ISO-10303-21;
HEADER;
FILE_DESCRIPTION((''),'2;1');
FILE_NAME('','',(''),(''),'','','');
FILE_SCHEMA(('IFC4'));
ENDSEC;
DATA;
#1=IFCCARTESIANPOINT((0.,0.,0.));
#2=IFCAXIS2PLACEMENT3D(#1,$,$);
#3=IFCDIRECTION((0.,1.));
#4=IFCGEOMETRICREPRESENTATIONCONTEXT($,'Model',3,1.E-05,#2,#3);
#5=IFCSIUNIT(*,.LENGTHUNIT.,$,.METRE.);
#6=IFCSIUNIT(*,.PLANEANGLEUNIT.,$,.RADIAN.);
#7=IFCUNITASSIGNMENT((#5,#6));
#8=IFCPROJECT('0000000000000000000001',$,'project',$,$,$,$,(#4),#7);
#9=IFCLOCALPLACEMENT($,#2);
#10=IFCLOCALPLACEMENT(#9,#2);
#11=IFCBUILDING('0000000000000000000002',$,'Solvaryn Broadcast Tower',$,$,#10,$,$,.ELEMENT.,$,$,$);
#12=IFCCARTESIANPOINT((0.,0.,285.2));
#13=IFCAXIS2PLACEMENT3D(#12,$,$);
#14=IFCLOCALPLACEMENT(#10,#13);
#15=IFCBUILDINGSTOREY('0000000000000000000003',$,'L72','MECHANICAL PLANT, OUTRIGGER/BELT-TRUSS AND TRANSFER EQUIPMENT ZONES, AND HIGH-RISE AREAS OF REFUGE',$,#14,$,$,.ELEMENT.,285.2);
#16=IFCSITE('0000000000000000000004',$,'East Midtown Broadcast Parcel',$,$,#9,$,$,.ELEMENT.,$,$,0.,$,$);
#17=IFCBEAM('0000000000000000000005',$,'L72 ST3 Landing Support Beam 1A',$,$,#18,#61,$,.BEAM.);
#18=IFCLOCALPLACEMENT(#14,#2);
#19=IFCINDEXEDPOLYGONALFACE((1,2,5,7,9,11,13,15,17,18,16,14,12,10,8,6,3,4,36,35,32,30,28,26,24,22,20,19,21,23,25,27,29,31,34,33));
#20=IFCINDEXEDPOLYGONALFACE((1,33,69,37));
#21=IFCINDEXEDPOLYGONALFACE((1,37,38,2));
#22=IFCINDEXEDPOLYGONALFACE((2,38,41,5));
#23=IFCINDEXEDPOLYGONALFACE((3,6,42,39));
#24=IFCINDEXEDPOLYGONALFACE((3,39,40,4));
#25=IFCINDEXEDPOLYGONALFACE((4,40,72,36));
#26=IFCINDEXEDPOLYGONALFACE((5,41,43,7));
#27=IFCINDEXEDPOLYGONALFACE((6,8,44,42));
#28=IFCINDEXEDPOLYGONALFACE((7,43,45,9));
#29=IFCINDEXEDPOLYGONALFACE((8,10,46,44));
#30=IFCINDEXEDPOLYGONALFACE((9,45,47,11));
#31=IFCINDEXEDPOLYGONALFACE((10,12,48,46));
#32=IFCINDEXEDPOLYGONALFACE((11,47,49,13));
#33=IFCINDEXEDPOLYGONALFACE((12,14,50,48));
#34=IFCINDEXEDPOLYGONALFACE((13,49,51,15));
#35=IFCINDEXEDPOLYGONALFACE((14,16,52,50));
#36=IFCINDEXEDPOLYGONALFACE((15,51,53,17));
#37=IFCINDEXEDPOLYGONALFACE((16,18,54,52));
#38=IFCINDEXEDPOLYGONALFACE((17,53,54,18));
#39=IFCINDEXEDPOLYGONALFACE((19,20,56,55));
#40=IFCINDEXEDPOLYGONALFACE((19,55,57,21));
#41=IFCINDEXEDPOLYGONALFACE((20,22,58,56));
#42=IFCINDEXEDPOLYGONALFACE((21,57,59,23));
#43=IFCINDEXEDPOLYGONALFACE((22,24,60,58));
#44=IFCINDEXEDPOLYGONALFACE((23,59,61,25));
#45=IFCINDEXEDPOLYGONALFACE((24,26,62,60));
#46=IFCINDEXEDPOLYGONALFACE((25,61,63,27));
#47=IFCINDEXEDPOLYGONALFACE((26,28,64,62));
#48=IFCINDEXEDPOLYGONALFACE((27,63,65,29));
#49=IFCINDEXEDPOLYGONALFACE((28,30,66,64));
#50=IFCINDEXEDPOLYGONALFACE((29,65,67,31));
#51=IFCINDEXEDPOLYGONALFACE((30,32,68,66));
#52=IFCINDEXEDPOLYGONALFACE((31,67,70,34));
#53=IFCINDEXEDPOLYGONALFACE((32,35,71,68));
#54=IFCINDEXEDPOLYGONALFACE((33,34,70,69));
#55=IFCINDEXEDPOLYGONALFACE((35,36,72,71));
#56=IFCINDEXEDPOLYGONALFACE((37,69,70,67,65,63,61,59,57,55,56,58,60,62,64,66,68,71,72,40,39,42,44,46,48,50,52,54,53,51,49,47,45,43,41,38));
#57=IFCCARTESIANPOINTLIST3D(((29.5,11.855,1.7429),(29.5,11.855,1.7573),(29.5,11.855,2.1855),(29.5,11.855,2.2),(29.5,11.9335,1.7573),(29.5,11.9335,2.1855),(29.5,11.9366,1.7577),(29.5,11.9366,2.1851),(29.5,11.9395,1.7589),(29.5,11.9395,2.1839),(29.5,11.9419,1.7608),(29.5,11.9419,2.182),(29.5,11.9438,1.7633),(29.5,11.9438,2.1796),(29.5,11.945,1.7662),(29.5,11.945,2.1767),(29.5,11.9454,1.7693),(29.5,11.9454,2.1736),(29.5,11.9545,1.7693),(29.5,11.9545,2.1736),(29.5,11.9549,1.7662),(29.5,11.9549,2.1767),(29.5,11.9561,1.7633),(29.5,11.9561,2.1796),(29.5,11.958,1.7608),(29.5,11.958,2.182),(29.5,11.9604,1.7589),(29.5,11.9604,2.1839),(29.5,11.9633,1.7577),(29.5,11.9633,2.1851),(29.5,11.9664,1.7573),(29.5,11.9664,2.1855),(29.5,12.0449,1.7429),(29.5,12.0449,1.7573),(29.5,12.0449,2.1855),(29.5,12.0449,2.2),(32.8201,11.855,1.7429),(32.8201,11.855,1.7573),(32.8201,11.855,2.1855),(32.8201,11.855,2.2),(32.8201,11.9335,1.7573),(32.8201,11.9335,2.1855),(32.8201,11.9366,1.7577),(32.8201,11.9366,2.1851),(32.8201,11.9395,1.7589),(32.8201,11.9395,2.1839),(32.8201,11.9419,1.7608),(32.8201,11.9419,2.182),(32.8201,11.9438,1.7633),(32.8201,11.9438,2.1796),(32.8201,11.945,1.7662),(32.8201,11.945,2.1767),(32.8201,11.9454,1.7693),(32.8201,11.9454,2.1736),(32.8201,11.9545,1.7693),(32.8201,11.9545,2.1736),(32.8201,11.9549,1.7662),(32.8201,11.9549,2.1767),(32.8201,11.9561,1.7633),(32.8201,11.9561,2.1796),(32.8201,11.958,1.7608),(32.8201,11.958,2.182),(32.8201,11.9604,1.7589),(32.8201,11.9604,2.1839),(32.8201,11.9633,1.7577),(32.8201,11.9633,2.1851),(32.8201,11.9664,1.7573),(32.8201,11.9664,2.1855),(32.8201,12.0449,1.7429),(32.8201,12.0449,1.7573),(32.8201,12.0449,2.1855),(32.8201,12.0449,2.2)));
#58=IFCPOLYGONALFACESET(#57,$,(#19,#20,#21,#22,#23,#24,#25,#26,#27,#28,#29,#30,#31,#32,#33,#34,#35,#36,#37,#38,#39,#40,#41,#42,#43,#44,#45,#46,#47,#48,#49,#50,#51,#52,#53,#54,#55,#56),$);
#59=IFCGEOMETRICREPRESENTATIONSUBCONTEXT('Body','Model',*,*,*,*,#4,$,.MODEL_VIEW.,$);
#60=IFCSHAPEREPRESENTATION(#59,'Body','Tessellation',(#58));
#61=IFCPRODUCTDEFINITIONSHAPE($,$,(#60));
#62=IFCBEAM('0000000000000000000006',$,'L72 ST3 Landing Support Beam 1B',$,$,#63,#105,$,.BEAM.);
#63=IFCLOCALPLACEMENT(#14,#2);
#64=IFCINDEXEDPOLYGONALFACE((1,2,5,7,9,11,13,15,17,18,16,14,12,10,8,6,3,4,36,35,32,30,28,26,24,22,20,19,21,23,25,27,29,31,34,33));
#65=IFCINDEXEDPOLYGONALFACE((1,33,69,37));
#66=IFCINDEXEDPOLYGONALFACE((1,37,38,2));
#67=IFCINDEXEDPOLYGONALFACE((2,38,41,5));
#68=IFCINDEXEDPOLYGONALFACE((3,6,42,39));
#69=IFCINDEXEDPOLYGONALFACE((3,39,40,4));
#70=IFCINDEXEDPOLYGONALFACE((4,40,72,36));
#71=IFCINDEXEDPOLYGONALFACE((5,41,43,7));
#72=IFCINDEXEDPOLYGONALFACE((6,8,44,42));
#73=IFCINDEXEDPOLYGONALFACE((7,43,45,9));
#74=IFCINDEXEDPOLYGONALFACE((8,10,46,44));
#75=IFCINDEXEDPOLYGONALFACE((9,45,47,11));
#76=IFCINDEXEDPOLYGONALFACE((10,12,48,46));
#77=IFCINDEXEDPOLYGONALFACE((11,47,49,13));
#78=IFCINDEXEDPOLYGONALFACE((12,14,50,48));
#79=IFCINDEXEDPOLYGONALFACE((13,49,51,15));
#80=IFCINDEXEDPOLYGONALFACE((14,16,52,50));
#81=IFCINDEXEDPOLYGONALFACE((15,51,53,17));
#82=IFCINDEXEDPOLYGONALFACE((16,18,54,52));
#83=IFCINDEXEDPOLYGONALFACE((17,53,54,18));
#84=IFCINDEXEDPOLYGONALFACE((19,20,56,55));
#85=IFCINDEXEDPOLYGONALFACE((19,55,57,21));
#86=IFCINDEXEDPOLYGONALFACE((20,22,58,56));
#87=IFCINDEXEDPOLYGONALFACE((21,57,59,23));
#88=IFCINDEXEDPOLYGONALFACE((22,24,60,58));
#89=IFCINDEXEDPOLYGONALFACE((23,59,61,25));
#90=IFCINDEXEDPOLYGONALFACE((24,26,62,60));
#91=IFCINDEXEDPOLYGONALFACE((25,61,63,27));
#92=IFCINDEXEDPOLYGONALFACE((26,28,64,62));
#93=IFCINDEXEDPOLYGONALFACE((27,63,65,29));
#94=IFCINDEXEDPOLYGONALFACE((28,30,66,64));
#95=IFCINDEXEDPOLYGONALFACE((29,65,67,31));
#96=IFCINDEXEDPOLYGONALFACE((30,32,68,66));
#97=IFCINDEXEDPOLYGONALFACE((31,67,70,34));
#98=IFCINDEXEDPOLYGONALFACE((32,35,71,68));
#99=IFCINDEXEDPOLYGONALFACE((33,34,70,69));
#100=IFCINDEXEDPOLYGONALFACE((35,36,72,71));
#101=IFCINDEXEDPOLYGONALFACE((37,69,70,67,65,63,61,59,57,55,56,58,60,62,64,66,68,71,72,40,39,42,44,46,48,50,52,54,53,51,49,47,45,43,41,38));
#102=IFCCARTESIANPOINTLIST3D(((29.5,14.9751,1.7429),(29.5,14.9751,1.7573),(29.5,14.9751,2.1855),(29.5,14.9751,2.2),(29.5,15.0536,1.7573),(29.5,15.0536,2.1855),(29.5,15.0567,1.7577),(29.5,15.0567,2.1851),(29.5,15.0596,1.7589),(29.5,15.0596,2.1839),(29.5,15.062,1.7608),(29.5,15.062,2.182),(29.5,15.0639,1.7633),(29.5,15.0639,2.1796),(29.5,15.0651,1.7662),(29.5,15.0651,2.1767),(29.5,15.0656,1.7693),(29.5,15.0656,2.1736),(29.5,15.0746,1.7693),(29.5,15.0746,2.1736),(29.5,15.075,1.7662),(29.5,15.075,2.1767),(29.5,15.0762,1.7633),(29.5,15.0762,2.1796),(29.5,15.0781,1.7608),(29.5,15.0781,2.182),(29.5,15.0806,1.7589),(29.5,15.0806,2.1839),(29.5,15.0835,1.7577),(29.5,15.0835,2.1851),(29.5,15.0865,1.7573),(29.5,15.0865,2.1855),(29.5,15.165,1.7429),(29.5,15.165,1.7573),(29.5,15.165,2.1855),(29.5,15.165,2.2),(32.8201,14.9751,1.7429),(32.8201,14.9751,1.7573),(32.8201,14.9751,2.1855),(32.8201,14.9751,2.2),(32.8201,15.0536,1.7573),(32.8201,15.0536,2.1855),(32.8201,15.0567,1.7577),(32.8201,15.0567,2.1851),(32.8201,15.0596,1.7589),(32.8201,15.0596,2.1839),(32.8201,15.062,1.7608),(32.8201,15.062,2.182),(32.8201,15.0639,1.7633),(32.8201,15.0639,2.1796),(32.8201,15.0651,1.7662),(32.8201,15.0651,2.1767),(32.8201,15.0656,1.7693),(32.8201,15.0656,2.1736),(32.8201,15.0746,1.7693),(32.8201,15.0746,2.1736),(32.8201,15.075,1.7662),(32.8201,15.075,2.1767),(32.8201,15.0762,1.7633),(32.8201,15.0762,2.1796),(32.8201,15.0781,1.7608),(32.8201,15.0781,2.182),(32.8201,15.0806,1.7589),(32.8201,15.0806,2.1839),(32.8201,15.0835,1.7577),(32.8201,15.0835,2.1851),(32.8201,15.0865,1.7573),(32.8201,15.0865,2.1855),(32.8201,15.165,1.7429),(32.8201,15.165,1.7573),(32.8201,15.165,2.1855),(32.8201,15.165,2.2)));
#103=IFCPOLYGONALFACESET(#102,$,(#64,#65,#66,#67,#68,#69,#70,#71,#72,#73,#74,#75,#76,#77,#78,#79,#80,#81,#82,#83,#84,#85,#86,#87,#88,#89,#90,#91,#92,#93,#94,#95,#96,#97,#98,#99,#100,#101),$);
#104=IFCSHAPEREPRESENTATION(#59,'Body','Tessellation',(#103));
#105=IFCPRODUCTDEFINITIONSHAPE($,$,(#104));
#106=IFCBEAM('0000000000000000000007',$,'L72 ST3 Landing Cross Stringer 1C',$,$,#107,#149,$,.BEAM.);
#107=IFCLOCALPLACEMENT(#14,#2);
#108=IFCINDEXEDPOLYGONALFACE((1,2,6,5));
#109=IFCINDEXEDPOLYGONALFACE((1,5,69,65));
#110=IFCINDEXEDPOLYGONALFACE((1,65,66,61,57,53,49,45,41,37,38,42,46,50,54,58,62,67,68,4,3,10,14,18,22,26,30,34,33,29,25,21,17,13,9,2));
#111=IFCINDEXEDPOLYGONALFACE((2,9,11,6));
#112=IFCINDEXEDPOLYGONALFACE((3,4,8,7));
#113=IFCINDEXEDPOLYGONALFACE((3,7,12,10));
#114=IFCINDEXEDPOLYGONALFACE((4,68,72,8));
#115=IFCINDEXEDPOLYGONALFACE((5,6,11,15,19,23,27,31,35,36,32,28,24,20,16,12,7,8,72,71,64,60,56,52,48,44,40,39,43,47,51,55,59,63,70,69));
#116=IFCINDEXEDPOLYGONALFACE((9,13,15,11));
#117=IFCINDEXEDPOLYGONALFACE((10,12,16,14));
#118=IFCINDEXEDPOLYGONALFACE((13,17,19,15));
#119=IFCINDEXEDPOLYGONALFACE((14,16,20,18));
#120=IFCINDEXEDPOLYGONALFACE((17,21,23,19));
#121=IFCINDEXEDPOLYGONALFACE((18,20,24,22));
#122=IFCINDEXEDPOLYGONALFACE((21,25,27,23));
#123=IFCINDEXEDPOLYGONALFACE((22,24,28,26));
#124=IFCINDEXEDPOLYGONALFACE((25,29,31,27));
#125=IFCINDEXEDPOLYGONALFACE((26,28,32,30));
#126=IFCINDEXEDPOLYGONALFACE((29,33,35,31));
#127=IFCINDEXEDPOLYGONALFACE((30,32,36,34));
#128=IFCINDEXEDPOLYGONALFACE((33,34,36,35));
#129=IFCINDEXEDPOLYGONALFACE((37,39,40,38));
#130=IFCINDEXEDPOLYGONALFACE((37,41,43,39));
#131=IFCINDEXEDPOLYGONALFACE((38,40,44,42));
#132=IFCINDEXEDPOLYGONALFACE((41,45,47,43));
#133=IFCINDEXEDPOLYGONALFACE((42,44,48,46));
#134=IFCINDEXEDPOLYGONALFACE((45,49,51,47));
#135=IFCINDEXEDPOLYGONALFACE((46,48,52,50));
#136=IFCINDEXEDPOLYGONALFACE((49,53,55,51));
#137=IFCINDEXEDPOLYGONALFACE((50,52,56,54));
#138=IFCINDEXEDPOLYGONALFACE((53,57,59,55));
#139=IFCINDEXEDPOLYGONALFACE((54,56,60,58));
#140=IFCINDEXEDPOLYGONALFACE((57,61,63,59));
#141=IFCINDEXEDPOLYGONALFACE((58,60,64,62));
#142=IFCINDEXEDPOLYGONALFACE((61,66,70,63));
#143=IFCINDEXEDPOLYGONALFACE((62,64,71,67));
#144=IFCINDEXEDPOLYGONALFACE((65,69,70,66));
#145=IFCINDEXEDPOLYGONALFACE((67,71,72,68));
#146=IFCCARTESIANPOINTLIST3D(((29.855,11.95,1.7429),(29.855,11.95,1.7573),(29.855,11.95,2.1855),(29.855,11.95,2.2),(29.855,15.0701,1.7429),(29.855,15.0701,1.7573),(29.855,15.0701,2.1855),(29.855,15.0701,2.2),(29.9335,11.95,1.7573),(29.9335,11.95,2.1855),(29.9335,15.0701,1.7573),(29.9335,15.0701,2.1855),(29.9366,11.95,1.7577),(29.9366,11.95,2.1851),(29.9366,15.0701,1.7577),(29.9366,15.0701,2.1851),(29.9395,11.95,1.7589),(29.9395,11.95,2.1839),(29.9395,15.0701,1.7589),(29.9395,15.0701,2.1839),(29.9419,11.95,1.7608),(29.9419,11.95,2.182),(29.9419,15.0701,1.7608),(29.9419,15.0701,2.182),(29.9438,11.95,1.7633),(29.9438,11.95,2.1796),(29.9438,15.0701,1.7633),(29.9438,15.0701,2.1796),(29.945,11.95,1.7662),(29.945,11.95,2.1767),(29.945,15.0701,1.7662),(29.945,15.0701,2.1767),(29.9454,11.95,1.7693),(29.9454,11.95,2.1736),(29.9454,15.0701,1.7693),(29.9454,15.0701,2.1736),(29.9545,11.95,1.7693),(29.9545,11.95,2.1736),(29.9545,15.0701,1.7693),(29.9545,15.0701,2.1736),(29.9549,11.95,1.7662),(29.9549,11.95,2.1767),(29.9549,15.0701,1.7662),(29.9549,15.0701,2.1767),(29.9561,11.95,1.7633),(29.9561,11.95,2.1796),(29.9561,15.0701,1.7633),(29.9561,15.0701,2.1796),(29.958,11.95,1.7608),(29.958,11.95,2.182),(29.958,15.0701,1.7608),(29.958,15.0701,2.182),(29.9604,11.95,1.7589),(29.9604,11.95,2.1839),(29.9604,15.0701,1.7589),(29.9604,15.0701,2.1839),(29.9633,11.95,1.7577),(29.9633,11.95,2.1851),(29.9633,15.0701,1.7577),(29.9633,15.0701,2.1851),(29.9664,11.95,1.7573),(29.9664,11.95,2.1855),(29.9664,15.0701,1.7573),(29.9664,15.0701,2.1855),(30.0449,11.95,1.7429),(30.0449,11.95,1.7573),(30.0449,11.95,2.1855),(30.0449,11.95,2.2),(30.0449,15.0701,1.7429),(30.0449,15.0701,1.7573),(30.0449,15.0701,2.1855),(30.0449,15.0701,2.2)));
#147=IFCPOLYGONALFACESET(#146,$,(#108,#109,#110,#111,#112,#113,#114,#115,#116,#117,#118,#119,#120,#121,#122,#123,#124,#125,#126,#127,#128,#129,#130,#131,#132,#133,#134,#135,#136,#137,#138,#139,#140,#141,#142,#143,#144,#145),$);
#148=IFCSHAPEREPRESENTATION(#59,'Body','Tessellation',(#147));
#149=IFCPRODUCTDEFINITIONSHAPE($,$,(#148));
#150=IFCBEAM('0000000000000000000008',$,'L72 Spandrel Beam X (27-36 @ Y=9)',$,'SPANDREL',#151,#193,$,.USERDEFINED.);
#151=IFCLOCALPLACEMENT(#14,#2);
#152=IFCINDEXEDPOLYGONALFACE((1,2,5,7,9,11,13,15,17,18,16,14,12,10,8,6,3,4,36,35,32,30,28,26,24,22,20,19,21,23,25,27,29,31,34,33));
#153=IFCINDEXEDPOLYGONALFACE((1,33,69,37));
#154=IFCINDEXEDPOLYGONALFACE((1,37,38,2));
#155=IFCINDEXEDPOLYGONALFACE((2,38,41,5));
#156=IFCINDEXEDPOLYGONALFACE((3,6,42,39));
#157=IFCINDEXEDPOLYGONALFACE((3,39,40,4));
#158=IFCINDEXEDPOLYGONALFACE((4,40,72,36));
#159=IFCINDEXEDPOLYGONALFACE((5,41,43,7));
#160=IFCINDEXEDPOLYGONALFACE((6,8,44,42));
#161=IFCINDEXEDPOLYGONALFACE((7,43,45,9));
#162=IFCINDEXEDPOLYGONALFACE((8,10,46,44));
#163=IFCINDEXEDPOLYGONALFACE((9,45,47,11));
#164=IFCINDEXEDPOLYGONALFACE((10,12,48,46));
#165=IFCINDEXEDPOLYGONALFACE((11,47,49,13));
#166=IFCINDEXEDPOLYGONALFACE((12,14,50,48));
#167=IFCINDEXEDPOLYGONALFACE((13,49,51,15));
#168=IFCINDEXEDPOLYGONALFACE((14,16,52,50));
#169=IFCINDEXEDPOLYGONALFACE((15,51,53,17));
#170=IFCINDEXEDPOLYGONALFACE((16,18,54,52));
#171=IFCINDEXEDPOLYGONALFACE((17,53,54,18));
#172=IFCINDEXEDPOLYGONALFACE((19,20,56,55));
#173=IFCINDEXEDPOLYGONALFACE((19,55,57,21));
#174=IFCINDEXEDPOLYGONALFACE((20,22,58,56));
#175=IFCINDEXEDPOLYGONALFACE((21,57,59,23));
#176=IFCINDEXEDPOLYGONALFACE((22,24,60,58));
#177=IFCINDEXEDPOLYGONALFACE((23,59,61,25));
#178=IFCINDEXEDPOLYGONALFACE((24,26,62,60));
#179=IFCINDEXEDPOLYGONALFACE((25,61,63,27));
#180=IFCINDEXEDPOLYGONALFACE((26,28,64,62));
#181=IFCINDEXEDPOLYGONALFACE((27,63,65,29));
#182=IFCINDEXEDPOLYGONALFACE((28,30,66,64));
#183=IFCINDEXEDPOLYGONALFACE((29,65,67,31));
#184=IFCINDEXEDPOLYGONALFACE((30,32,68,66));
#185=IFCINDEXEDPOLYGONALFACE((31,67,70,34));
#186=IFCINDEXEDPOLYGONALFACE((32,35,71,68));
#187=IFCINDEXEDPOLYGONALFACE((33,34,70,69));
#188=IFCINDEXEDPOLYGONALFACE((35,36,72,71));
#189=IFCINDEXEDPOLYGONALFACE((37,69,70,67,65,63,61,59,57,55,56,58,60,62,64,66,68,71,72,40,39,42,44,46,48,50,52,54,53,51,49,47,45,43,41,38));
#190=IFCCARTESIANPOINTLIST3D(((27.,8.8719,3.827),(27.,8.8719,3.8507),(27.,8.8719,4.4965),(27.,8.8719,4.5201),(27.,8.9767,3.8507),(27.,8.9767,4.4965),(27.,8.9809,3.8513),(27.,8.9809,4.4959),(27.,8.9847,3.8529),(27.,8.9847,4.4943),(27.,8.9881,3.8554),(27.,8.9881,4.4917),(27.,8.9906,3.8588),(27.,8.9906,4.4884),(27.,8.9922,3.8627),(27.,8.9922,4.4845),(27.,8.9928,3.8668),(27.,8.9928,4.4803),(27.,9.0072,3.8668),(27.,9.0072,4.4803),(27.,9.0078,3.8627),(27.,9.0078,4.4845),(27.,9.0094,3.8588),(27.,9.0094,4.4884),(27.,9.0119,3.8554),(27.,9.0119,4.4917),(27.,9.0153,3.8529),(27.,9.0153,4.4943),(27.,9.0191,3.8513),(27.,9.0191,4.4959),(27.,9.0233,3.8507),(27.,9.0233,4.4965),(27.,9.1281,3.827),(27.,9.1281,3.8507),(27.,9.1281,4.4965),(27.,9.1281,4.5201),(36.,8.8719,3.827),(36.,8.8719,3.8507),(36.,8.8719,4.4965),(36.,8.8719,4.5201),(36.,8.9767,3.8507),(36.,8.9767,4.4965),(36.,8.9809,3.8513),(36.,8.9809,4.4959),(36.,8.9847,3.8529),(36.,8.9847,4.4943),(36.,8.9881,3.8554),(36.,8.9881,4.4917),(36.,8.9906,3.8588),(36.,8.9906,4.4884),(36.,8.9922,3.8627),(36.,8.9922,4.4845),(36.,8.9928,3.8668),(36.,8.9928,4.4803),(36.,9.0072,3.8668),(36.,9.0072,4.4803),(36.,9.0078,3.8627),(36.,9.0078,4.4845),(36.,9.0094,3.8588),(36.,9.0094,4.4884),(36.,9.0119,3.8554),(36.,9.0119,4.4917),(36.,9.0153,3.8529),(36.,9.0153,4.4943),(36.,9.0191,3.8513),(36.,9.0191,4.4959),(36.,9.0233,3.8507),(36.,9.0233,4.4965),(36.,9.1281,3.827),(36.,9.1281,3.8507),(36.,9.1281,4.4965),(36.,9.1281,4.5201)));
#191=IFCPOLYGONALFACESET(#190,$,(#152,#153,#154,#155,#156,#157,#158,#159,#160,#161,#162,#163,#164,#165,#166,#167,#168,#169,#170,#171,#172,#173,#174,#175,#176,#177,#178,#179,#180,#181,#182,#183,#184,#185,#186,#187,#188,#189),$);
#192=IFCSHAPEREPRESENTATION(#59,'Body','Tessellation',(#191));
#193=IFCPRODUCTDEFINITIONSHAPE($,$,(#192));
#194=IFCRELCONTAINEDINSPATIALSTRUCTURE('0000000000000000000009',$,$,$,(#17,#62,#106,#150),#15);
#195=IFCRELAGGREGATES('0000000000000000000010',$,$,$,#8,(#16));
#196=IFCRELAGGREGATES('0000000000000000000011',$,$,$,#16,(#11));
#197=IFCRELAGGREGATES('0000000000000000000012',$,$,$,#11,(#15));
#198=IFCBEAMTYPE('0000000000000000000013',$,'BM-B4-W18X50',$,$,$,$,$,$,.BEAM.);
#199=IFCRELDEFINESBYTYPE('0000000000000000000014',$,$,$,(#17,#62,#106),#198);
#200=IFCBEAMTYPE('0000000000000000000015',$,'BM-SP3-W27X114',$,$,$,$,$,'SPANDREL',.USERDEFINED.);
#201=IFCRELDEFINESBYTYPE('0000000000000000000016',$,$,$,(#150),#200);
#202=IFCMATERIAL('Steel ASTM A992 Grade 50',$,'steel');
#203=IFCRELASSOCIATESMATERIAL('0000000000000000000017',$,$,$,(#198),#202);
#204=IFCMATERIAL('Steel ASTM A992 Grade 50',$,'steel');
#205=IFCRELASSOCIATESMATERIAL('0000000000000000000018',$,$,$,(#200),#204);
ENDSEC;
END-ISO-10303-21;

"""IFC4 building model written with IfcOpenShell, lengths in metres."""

from ifc_helpers import new_model, si_unit, direction, frame, origin, origin_2d, place, context, subcontext, project, spatial, i_section, extrude, material, material_profile, profile_set, type_object, element, save


model = new_model("IFC4")

# Units and contexts
model_context = context("Model", 3, precision=1e-05, world=origin(), true_north=direction((0.0, 1.0)))
body_context = subcontext(model_context, "Body", "Model", "MODEL_VIEW")
ifc_project = project(units=[si_unit("LENGTHUNIT", "METRE"), si_unit("PLANEANGLEUNIT", "RADIAN")], contexts=[model_context])

# Site, building, storey
site_placement = place(None, origin())
site = spatial("IfcSite", under=ifc_project, at=site_placement, Name="East Midtown Broadcast Parcel", CompositionType="ELEMENT", RefElevation=0.0)
building_placement = place(site_placement, origin())
building = spatial("IfcBuilding", under=site, at=building_placement, Name="Solvaryn Broadcast Tower", CompositionType="ELEMENT")
storey_placement = place(building_placement, frame((0.0, 0.0, 285.2)))
storey = spatial("IfcBuildingStorey", under=building, at=storey_placement, Name="L72", Description="MECHANICAL PLANT, OUTRIGGER/BELT-TRUSS AND TRANSFER EQUIPMENT ZONES, AND HIGH-RISE AREAS OF REFUGE", CompositionType="ELEMENT", Elevation=285.2)

# Beams
ifc_material_1 = material(Name="Steel ASTM A992 Grade 50", Category="steel")
ifc_material_profile_1 = material_profile(ifc_material_1, i_section(OverallWidth=0.1899, OverallDepth=0.457, WebThickness=0.009, FlangeThickness=0.0144, FilletRadius=0.012, at=origin_2d()))
ifc_profile_set_1 = profile_set([ifc_material_profile_1], Name="Steel ASTM A992 Grade 50")
beam_type_1 = type_object("IfcBeamType", Name="BM-B4-W18X50", PredefinedType="BEAM", material=ifc_profile_set_1)
for number, where, z_axis, x_axis, name in (
    (1, (29.5, 11.95, 1.9714), (1.0, 0.0, 0.0), (0.0, 1.0, 0.0), "L72 ST3 Landing Support Beam 1A"),
    (2, (29.5, 15.0701, 1.9714), (1.0, 0.0, 0.0), (0.0, 1.0, 0.0), "L72 ST3 Landing Support Beam 1B"),
):
    element("IfcBeam", number, at=place(storey_placement, frame(where, z_axis=z_axis, x_axis=x_axis)), inside=storey, type_object=beam_type_1, Name=name, PredefinedType="BEAM", context=body_context, shape_type="SweptSolid", body=[
        extrude(i_section(OverallWidth=0.1899, OverallDepth=0.457, WebThickness=0.009, FlangeThickness=0.0144, FilletRadius=0.012, at=origin_2d()), origin(), (0.0, 0.0, 1.0), 3.3201),
    ])
beam_1_placement = place(storey_placement, frame((29.95, 11.95, 1.9714), z_axis=(0.0, 1.0, 0.0), x_axis=(-1.0, 0.0, 0.0)))
element("IfcBeam", 3, at=beam_1_placement, inside=storey, type_object=beam_type_1, Name="L72 ST3 Landing Cross Stringer 1C", PredefinedType="BEAM", context=body_context, shape_type="SweptSolid", body=[
    extrude(i_section(OverallWidth=0.1899, OverallDepth=0.457, WebThickness=0.009, FlangeThickness=0.0144, FilletRadius=0.012, at=origin_2d()), origin(), (0.0, 0.0, 1.0), 3.1201),
])
ifc_material_2 = material(Name="Steel ASTM A992 Grade 50", Category="steel")
ifc_material_profile_2 = material_profile(ifc_material_2, i_section(OverallWidth=0.2561, OverallDepth=0.6931, WebThickness=0.0144, FlangeThickness=0.0237, FilletRadius=0.0161, at=origin_2d()))
ifc_profile_set_2 = profile_set([ifc_material_profile_2], Name="Steel ASTM A992 Grade 50")
beam_type_2 = type_object("IfcBeamType", Name="BM-SP3-W27X114", ElementType="SPANDREL", PredefinedType="USERDEFINED", material=ifc_profile_set_2)
beam_2_placement = place(storey_placement, frame((27.0, 9.0, 4.1736), z_axis=(1.0, 0.0, 0.0), x_axis=(0.0, 1.0, 0.0)))
element("IfcBeam", 4, at=beam_2_placement, inside=storey, type_object=beam_type_2, Name="L72 Spandrel Beam X (27-36 @ Y=9)", ObjectType="SPANDREL", PredefinedType="USERDEFINED", context=body_context, shape_type="SweptSolid", body=[
    extrude(i_section(OverallWidth=0.2561, OverallDepth=0.6931, WebThickness=0.0144, FlangeThickness=0.0237, FilletRadius=0.0161, at=origin_2d()), origin(), (0.0, 0.0, 1.0), 9.0),
])

save(model, "model.ifc")
